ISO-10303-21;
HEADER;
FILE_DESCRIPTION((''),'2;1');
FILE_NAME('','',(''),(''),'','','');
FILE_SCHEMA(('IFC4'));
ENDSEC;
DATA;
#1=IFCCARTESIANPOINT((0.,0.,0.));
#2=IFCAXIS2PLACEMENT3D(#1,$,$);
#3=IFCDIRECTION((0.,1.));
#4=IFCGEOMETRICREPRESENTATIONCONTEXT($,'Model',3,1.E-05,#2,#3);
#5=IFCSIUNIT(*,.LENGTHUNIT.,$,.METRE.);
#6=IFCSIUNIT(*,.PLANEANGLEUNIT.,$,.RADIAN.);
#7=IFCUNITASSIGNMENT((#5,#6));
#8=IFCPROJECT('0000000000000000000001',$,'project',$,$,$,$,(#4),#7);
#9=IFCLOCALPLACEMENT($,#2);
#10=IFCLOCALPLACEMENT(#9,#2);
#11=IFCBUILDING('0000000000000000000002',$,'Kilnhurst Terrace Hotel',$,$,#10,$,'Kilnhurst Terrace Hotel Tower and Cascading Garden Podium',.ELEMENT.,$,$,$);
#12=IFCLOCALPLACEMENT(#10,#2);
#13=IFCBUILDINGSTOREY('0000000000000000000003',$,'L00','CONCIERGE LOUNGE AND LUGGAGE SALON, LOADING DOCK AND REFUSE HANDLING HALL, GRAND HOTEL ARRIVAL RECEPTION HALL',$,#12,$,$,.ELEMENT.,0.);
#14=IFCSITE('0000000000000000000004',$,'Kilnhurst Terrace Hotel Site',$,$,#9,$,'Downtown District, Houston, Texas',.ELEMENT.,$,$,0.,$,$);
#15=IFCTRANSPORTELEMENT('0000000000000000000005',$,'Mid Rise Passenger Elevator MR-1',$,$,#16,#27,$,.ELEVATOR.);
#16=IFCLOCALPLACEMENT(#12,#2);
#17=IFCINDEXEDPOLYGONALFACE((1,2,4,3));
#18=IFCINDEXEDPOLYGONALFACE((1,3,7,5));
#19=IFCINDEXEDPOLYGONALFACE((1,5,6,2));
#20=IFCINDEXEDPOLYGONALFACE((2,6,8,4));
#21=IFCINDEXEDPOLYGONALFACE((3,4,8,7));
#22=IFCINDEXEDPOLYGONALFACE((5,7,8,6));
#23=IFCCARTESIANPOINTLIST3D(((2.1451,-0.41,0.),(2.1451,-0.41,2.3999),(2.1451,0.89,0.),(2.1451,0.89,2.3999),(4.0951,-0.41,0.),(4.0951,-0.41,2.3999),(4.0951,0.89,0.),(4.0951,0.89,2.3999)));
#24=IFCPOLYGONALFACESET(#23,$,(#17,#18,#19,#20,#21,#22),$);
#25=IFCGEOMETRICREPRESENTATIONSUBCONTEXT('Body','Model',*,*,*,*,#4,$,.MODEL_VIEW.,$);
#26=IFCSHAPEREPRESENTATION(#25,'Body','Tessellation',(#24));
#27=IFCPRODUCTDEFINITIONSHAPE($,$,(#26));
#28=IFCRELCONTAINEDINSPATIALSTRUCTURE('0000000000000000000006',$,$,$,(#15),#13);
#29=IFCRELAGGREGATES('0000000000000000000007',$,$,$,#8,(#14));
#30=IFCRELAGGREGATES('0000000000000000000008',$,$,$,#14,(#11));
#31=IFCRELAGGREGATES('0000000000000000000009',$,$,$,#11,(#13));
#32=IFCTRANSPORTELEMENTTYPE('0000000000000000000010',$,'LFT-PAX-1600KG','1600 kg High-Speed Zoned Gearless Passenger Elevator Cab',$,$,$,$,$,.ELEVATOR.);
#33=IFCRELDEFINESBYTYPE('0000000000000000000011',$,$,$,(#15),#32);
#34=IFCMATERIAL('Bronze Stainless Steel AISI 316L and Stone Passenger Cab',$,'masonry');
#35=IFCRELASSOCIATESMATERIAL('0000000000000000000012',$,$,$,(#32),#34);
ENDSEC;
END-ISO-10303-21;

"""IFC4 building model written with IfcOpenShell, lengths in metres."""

from ifc_helpers import new_model, si_unit, direction, frame, origin, origin_2d, place, context, subcontext, project, spatial, rectangle, extrude, material, type_object, element, save


model = new_model("IFC4")

# Units and contexts
model_context = context("Model", 3, precision=1e-05, world=origin(), true_north=direction((0.0, 1.0)))
body_context = subcontext(model_context, "Body", "Model", "MODEL_VIEW")
ifc_project = project(units=[si_unit("LENGTHUNIT", "METRE"), si_unit("PLANEANGLEUNIT", "RADIAN")], contexts=[model_context])

# Site, building, storey
site_placement = place(None, origin())
site = spatial("IfcSite", under=ifc_project, at=site_placement, Name="Kilnhurst Terrace Hotel Site", LongName="Downtown District, Houston, Texas", CompositionType="ELEMENT", RefElevation=0.0)
building_placement = place(site_placement, origin())
building = spatial("IfcBuilding", under=site, at=building_placement, Name="Kilnhurst Terrace Hotel", LongName="Kilnhurst Terrace Hotel Tower and Cascading Garden Podium", CompositionType="ELEMENT")
storey_placement = place(building_placement, origin())
storey = spatial("IfcBuildingStorey", under=building, at=storey_placement, Name="L00", Description="CONCIERGE LOUNGE AND LUGGAGE SALON, LOADING DOCK AND REFUSE HANDLING HALL, GRAND HOTEL ARRIVAL RECEPTION HALL", CompositionType="ELEMENT", Elevation=0.0)

# Transport element
ifc_material_1 = material(Name="Bronze Stainless Steel AISI 316L and Stone Passenger Cab", Category="masonry")
transport_element_type = type_object("IfcTransportElementType", Name="LFT-PAX-1600KG", Description="1600 kg High-Speed Zoned Gearless Passenger Elevator Cab", PredefinedType="ELEVATOR", material=ifc_material_1)
transport_element_placement = place(storey_placement, frame((3.1201, 0.24, 0.0), z_axis=(0.0, 0.0, 1.0), x_axis=(1.0, 0.0, 0.0)))
element("IfcTransportElement", 1, at=transport_element_placement, inside=storey, type_object=transport_element_type, Name="Mid Rise Passenger Elevator MR-1", PredefinedType="ELEVATOR", context=body_context, shape_type="SweptSolid", body=[
    extrude(rectangle(XDim=1.95, YDim=1.3, at=origin_2d()), origin(), (0.0, 0.0, 1.0), 2.3999),
])

save(model, "model.ifc")
